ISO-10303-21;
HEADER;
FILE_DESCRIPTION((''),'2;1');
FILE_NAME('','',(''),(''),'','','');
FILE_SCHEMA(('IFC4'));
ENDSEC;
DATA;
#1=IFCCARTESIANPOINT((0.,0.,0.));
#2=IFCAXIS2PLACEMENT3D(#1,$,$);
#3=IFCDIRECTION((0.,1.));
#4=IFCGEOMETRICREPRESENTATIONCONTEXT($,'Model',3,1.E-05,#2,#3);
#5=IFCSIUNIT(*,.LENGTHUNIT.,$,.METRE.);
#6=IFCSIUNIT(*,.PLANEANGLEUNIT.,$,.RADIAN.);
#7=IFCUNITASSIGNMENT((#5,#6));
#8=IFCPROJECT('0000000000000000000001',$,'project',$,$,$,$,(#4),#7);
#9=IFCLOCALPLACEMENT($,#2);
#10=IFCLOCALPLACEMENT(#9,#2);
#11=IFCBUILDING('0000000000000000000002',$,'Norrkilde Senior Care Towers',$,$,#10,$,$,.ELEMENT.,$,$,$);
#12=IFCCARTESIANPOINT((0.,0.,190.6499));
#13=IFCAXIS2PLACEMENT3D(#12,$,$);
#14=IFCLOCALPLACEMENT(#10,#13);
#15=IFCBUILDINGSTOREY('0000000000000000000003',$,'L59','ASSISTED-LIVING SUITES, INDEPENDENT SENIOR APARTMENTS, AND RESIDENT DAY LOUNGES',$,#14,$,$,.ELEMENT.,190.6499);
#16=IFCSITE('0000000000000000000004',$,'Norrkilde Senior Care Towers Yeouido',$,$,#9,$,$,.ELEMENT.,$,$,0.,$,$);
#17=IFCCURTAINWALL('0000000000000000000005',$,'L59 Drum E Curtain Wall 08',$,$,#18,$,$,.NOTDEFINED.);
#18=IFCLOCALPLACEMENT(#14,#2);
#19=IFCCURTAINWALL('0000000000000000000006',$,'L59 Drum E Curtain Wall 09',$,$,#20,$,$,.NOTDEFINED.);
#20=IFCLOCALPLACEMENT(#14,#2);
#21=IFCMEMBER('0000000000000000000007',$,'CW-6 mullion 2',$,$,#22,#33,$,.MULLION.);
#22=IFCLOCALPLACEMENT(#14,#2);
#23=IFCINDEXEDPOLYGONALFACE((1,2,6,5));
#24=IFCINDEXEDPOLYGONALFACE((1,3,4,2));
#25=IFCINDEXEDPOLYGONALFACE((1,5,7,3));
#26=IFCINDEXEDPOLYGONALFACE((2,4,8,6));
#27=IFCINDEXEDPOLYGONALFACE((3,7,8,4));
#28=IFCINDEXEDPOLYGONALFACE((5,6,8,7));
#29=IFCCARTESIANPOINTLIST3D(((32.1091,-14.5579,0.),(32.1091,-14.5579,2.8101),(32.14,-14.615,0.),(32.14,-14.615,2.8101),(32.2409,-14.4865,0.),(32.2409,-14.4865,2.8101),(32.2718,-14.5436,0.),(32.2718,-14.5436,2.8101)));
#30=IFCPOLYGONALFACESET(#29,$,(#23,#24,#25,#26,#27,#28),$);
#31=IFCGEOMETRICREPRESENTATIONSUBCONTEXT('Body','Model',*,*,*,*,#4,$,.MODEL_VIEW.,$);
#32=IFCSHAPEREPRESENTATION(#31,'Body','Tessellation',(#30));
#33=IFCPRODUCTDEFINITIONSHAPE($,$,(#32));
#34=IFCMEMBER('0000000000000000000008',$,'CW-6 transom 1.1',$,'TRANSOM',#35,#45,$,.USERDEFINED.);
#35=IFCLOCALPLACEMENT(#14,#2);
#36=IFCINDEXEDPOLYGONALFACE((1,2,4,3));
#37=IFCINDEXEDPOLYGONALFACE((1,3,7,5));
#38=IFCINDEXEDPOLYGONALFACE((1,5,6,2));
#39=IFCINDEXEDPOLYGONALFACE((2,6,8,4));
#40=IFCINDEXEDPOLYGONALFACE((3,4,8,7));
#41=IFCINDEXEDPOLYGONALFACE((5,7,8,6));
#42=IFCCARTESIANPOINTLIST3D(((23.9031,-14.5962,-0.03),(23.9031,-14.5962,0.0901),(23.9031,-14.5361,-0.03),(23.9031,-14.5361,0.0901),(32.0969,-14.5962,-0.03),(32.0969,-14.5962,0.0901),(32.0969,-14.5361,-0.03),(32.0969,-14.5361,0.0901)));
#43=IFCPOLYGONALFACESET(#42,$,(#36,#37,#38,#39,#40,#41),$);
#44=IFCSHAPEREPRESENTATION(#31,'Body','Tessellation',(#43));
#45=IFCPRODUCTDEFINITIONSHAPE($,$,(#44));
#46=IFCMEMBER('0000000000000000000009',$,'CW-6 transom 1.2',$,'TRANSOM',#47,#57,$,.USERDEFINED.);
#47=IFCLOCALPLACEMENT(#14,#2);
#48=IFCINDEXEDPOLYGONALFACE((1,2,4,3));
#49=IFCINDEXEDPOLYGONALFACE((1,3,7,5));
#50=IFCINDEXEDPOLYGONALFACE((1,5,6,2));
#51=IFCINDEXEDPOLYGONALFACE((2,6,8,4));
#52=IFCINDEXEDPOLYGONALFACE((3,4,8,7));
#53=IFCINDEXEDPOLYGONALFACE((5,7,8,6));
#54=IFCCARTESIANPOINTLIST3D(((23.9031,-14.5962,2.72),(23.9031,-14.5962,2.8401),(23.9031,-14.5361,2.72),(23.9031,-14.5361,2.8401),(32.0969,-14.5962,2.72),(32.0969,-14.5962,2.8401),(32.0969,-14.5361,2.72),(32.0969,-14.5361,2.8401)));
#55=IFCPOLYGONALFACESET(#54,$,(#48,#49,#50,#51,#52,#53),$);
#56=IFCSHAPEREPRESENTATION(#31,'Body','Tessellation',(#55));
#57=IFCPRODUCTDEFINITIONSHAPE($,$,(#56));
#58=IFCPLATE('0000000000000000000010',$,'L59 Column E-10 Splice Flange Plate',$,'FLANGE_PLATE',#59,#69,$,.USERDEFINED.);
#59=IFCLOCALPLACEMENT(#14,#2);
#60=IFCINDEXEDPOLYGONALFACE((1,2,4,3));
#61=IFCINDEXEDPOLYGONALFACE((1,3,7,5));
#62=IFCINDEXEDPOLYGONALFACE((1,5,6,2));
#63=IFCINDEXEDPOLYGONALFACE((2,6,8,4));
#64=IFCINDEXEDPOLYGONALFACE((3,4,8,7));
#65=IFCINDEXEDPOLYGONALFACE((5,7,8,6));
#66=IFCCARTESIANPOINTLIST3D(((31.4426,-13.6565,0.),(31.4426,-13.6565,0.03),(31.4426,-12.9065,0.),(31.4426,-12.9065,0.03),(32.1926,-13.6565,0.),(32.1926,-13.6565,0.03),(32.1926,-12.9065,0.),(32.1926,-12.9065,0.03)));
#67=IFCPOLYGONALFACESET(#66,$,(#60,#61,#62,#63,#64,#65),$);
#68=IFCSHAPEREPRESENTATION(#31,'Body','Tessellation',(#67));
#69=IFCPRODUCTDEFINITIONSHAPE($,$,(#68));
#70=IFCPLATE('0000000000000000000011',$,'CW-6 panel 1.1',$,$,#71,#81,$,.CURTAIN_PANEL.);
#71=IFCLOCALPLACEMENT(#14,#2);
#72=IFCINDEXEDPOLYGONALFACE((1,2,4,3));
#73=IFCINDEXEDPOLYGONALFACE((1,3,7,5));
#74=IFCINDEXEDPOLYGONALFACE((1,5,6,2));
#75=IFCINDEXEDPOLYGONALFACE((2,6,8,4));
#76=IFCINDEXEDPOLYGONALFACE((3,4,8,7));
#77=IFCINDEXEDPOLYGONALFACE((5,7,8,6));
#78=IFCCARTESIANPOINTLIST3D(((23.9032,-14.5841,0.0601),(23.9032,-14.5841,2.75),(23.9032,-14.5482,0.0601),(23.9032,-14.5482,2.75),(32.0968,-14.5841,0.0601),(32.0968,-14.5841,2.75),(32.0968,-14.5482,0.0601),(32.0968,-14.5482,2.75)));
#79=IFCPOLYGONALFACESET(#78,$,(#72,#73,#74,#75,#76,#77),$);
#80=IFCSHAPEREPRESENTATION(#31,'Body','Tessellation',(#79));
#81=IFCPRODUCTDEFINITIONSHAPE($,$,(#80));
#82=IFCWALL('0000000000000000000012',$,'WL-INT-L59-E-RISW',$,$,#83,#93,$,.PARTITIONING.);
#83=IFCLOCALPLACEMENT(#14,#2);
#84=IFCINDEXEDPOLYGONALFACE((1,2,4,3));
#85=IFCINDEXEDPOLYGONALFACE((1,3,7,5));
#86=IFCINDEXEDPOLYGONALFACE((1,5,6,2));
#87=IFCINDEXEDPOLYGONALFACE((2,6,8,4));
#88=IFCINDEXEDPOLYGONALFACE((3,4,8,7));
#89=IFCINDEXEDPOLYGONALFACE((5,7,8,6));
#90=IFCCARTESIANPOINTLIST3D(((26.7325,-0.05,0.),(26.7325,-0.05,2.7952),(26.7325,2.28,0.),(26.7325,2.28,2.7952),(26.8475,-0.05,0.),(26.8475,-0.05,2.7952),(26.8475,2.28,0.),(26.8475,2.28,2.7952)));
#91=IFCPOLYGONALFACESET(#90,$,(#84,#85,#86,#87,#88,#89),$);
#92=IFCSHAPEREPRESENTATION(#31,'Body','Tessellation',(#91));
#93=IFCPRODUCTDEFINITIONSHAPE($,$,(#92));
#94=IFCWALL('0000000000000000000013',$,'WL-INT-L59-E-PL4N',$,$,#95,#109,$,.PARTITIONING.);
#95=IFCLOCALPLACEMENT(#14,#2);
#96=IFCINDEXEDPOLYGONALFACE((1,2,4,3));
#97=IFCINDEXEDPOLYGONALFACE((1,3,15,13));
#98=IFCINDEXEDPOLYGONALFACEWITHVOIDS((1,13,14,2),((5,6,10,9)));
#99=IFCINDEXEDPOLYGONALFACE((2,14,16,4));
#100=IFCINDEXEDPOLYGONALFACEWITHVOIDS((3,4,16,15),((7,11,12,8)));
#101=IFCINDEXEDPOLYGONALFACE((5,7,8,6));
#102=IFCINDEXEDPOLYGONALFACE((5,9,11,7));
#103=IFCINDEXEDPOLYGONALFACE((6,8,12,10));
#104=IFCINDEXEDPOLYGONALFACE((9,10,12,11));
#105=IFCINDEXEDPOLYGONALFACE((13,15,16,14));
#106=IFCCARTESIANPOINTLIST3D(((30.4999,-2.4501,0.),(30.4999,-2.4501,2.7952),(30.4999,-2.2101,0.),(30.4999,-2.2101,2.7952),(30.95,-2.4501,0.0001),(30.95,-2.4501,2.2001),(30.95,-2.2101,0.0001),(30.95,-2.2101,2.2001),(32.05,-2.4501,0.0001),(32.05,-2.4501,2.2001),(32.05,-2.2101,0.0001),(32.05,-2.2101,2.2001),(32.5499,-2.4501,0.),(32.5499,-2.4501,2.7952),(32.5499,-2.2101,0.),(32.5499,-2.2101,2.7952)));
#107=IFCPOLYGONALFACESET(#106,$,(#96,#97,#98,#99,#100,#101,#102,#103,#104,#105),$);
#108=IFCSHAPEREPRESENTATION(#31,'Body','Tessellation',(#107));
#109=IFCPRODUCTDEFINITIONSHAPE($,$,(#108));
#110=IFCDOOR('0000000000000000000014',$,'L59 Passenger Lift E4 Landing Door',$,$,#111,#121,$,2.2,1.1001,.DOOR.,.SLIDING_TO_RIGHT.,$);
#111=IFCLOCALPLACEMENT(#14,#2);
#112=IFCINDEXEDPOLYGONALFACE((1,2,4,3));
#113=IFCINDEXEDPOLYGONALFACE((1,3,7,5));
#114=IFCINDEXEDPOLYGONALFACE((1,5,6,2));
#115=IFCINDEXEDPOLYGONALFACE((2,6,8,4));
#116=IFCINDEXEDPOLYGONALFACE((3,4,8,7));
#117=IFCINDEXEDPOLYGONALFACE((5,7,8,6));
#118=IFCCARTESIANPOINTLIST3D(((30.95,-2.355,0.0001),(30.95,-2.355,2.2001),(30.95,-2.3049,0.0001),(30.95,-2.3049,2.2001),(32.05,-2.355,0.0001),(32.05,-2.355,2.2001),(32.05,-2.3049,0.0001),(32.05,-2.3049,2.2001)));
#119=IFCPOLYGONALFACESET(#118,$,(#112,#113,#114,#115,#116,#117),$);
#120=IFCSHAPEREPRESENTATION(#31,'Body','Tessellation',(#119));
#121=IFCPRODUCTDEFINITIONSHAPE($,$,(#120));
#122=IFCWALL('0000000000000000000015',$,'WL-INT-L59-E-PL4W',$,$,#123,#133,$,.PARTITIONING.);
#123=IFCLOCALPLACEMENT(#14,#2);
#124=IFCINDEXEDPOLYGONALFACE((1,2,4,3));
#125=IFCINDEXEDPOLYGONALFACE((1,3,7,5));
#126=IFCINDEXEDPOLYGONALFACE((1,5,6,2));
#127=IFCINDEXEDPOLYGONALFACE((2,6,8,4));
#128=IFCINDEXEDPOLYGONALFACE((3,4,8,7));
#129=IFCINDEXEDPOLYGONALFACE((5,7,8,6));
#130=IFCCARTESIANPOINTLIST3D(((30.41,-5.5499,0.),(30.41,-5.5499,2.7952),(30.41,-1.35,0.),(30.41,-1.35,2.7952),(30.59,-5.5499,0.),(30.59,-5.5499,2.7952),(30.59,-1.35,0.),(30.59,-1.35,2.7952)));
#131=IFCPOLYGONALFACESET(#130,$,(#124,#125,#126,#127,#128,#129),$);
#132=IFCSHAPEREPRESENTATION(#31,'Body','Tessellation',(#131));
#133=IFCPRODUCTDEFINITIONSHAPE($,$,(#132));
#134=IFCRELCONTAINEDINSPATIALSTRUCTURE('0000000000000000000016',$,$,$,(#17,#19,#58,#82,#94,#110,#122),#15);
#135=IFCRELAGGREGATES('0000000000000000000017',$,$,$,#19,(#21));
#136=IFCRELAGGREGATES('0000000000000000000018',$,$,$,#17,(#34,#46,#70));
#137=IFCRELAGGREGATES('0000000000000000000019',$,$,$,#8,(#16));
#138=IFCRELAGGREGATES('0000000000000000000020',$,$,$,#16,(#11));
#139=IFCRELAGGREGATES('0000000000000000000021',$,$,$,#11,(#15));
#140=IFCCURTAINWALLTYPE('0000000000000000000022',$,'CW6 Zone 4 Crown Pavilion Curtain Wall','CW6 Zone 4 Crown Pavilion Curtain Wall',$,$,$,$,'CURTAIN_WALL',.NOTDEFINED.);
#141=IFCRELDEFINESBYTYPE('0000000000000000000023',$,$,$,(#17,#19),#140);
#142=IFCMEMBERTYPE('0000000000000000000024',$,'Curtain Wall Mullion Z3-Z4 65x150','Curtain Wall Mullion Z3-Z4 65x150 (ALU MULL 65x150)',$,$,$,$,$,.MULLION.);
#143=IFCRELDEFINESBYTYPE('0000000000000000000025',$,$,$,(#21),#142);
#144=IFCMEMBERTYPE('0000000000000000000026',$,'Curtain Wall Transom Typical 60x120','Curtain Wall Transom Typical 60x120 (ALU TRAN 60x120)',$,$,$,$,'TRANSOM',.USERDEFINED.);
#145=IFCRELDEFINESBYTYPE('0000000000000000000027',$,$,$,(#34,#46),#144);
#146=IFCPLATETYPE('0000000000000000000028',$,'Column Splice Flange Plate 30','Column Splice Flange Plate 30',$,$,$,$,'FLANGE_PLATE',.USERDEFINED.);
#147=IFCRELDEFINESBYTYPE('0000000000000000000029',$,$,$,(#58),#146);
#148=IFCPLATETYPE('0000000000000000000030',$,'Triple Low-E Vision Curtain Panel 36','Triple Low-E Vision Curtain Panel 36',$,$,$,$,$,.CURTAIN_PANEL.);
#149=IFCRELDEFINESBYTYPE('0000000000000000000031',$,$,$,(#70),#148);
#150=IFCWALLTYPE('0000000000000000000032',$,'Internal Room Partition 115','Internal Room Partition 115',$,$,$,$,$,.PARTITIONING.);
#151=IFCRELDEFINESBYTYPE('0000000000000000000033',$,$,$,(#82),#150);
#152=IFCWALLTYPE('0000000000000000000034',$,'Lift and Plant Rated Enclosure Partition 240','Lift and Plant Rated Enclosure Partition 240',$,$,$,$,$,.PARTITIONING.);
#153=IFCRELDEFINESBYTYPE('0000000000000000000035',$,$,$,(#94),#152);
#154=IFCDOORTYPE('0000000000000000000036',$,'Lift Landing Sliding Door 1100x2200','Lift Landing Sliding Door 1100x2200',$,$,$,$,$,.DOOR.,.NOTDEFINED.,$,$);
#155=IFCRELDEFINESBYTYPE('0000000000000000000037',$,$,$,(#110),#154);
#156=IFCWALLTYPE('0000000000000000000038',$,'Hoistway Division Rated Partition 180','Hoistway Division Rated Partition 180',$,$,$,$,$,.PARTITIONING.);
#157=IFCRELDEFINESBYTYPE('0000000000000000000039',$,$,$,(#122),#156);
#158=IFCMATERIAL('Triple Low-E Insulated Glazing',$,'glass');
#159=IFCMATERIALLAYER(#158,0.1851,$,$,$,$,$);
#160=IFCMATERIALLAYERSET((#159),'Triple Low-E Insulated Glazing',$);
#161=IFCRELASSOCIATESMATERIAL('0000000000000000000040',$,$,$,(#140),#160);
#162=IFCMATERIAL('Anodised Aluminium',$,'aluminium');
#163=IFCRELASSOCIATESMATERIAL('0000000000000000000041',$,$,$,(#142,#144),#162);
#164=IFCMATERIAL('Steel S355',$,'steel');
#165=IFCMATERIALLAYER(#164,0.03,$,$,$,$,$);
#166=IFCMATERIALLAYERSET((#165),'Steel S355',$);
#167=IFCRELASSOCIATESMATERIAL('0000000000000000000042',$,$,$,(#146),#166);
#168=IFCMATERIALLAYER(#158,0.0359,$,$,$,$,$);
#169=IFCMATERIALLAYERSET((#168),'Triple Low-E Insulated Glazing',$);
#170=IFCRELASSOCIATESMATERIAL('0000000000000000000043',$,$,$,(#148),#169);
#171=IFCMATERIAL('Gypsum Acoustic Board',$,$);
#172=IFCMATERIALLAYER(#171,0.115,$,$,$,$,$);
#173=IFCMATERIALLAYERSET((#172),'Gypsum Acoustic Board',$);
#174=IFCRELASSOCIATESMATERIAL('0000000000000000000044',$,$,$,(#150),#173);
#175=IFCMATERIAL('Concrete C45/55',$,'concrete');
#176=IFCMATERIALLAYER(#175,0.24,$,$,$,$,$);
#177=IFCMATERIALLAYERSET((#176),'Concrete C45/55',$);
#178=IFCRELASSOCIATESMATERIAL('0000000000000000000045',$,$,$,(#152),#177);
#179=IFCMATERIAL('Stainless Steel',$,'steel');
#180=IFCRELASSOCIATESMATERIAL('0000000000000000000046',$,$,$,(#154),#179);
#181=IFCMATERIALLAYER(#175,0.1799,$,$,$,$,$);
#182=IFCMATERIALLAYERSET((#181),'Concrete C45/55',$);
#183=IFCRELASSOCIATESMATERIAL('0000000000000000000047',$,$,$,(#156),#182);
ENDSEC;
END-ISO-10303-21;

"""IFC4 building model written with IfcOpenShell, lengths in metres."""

from ifc_helpers import new_model, si_unit, direction, frame, frame_2d, origin, origin_2d, place, context, subcontext, project, spatial, rectangle, extrude, source, transform, mapped, material, layer, layer_set, material_profile, profile_set, type_object, type_shapes, element, fill, aggregate, save


model = new_model("IFC4")

# Units and contexts
model_context = context("Model", 3, precision=1e-05, world=origin(), true_north=direction((0.0, 1.0)))
body_context = subcontext(model_context, "Body", "Model", "MODEL_VIEW")
ifc_project = project(units=[si_unit("LENGTHUNIT", "METRE"), si_unit("PLANEANGLEUNIT", "RADIAN")], contexts=[model_context])

# Site, building, storey
site_placement = place(None, origin())
site = spatial("IfcSite", under=ifc_project, at=site_placement, Name="Norrkilde Senior Care Towers Yeouido", CompositionType="ELEMENT", RefElevation=0.0)
building_placement = place(site_placement, origin())
building = spatial("IfcBuilding", under=site, at=building_placement, Name="Norrkilde Senior Care Towers", CompositionType="ELEMENT")
storey_placement = place(building_placement, frame((0.0, 0.0, 190.6499)))
storey = spatial("IfcBuildingStorey", under=building, at=storey_placement, Name="L59", Description="ASSISTED-LIVING SUITES, INDEPENDENT SENIOR APARTMENTS, AND RESIDENT DAY LOUNGES", CompositionType="ELEMENT", Elevation=190.6499)

# Shared definitions
ifc_material_1 = material(Name="Steel S355", Category="steel")

# Shared definitions
ifc_material_2 = material(Name="Triple Low-E Insulated Glazing", Category="glass")
ifc_layer_1 = layer(ifc_material_2, 0.1851)
ifc_layer_set_1 = layer_set([ifc_layer_1], Name="Triple Low-E Insulated Glazing")
curtain_wall_type = type_object("IfcCurtainWallType", Name="CW6 Zone 4 Crown Pavilion Curtain Wall", Description="CW6 Zone 4 Crown Pavilion Curtain Wall", ElementType="CURTAIN_WALL", PredefinedType="NOTDEFINED", material=ifc_layer_set_1)
ifc_material_3 = material(Name="Anodised Aluminium", Category="aluminium")
ifc_material_profile_1 = material_profile(ifc_material_3, rectangle(XDim=0.0649, YDim=0.1499, at=origin_2d()), Name="ALU MULL 65x150")
ifc_profile_set_1 = profile_set([ifc_material_profile_1], Name="Anodised Aluminium")
member_type_1 = type_object("IfcMemberType", Name="Curtain Wall Mullion Z3-Z4 65x150", Description="Curtain Wall Mullion Z3-Z4 65x150 (ALU MULL 65x150)", PredefinedType="MULLION", material=ifc_profile_set_1)
shared_shape_1 = source(origin(), body_context, "Body", "SweptSolid", [
    extrude(rectangle(XDim=0.0649, YDim=0.1499, at=origin_2d()), origin(), (0.0, 0.0, 1.0), 2.8101),
])
type_shapes(member_type_1, [shared_shape_1])

# Curtain wall
curtain_wall_1_placement = place(storey_placement, origin())
curtain_wall_1 = element("IfcCurtainWall", 1, at=curtain_wall_1_placement, inside=storey, type_object=curtain_wall_type, Name="L59 Drum E Curtain Wall 08", PredefinedType="NOTDEFINED")

# Curtain wall, member
curtain_wall_2_placement = place(storey_placement, origin())
curtain_wall_2 = element("IfcCurtainWall", 2, at=curtain_wall_2_placement, inside=storey, type_object=curtain_wall_type, Name="L59 Drum E Curtain Wall 09", PredefinedType="NOTDEFINED")
member_1_placement = place(storey_placement, frame((32.1904, -14.5508, 0.0), z_axis=(0.0, 0.0, 1.0), x_axis=(0.476133, -0.879373, 0.0)))
member_1 = element("IfcMember", 3, at=member_1_placement, type_object=member_type_1, Name="CW-6 mullion 2", PredefinedType="MULLION", context=body_context, shape_type="MappedRepresentation", body=[
    mapped(shared_shape_1, transform((0.0, 0.0, 0.0), x_axis=(1.0, 0.0, 0.0), y_axis=(0.0, 1.0, 0.0), z_axis=(0.0, 0.0, 1.0), scale=1.0)),
])
aggregate(curtain_wall_2, [member_1])

# Members
ifc_material_profile_2 = material_profile(ifc_material_3, rectangle(XDim=0.0601, YDim=0.1201, at=origin_2d()), Name="ALU TRAN 60x120")
ifc_profile_set_2 = profile_set([ifc_material_profile_2], Name="Anodised Aluminium")
member_type_2 = type_object("IfcMemberType", Name="Curtain Wall Transom Typical 60x120", Description="Curtain Wall Transom Typical 60x120 (ALU TRAN 60x120)", ElementType="TRANSOM", PredefinedType="USERDEFINED", material=ifc_profile_set_2)
shared_shape_2 = source(origin(), body_context, "Body", "SweptSolid", [
    extrude(rectangle(XDim=0.0601, YDim=0.1201, at=origin_2d()), origin(), (0.0, 0.0, 1.0), 8.1938),
])
type_shapes(member_type_2, [shared_shape_2])
member_2_placement = place(storey_placement, frame((32.0969, -14.5662, 0.03), z_axis=(-1.0, 0.0, 0.0), x_axis=(0.0, -1.0, 0.0)))
member_2 = element("IfcMember", 4, at=member_2_placement, type_object=member_type_2, Name="CW-6 transom 1.1", ObjectType="TRANSOM", PredefinedType="USERDEFINED", context=body_context, shape_type="MappedRepresentation", body=[
    mapped(shared_shape_2, transform((0.0, 0.0, 0.0), x_axis=(1.0, 0.0, 0.0), y_axis=(0.0, 1.0, 0.0), z_axis=(0.0, 0.0, 1.0), scale=1.0)),
])
member_3_placement = place(storey_placement, frame((32.0969, -14.5662, 2.78), z_axis=(-1.0, 0.0, 0.0), x_axis=(0.0, -1.0, 0.0)))
member_3 = element("IfcMember", 5, at=member_3_placement, type_object=member_type_2, Name="CW-6 transom 1.2", ObjectType="TRANSOM", PredefinedType="USERDEFINED", context=body_context, shape_type="MappedRepresentation", body=[
    mapped(shared_shape_2, transform((0.0, 0.0, 0.0), x_axis=(1.0, 0.0, 0.0), y_axis=(0.0, 1.0, 0.0), z_axis=(0.0, 0.0, 1.0), scale=1.0)),
])

# Plates
ifc_layer_2 = layer(ifc_material_1, 0.03)
ifc_layer_set_2 = layer_set([ifc_layer_2], Name="Steel S355")
plate_type_1 = type_object("IfcPlateType", Name="Column Splice Flange Plate 30", Description="Column Splice Flange Plate 30", ElementType="FLANGE_PLATE", PredefinedType="USERDEFINED", material=ifc_layer_set_2)
shared_shape_3 = source(origin(), body_context, "Body", "SweptSolid", [
    extrude(rectangle(XDim=0.75, YDim=0.75, at=origin_2d()), origin(), (0.0, 0.0, 1.0), 0.03),
])
type_shapes(plate_type_1, [shared_shape_3])
plate_1_placement = place(storey_placement, frame((31.8176, -13.2815, 0.0), z_axis=(0.0, 0.0, 1.0), x_axis=(1.0, 0.0, 0.0)))
element("IfcPlate", 6, at=plate_1_placement, inside=storey, type_object=plate_type_1, Name="L59 Column E-10 Splice Flange Plate", ObjectType="FLANGE_PLATE", PredefinedType="USERDEFINED", context=body_context, shape_type="MappedRepresentation", body=[
    mapped(shared_shape_3, transform((0.0, 0.0, 0.0), x_axis=(1.0, 0.0, 0.0), y_axis=(0.0, 1.0, 0.0), z_axis=(0.0, 0.0, 1.0), scale=1.0)),
])
ifc_layer_3 = layer(ifc_material_2, 0.0359)
ifc_layer_set_3 = layer_set([ifc_layer_3], Name="Triple Low-E Insulated Glazing")
plate_type_2 = type_object("IfcPlateType", Name="Triple Low-E Vision Curtain Panel 36", Description="Triple Low-E Vision Curtain Panel 36", PredefinedType="CURTAIN_PANEL", material=ifc_layer_set_3)
shared_shape_4 = source(origin(), body_context, "Body", "SweptSolid", [
    extrude(rectangle(XDim=8.1936, YDim=0.0359, at=origin_2d()), origin(), (0.0, 0.0, 1.0), 2.6899),
])
type_shapes(plate_type_2, [shared_shape_4])
plate_2_placement = place(storey_placement, frame((28.0, -14.5662, 0.0601), z_axis=(0.0, 0.0, 1.0), x_axis=(-1.0, 0.0, 0.0)))
plate_2 = element("IfcPlate", 7, at=plate_2_placement, type_object=plate_type_2, Name="CW-6 panel 1.1", PredefinedType="CURTAIN_PANEL", context=body_context, shape_type="MappedRepresentation", body=[
    mapped(shared_shape_4, transform((0.0, 0.0, 0.0), x_axis=(1.0, 0.0, 0.0), y_axis=(0.0, 1.0, 0.0), z_axis=(0.0, 0.0, 1.0), scale=1.0)),
])
aggregate(curtain_wall_1, [member_2, member_3, plate_2])

# Wall
ifc_material_4 = material(Name="Gypsum Acoustic Board")
ifc_layer_4 = layer(ifc_material_4, 0.115)
ifc_layer_set_4 = layer_set([ifc_layer_4], Name="Gypsum Acoustic Board")
wall_type_1 = type_object("IfcWallType", Name="Internal Room Partition 115", Description="Internal Room Partition 115", PredefinedType="PARTITIONING", material=ifc_layer_set_4)
shared_shape_5 = source(origin(), body_context, "Body", "SweptSolid", [
    extrude(rectangle(XDim=2.3301, YDim=0.115, at=frame_2d((1.165, 0.0))), origin(), (0.0, 0.0, 1.0), 2.7952),
])
wall_1_placement = place(storey_placement, frame((26.79, -0.05, 0.0), z_axis=(0.0, 0.0, 1.0), x_axis=(0.0, 1.0, 0.0)))
element("IfcWall", 8, at=wall_1_placement, inside=storey, type_object=wall_type_1, Name="WL-INT-L59-E-RISW", PredefinedType="PARTITIONING", context=body_context, shape_type="MappedRepresentation", body=[
    mapped(shared_shape_5, transform((0.0, 0.0, 0.0), x_axis=(1.0, 0.0, 0.0), y_axis=(0.0, 1.0, 0.0), z_axis=(0.0, 0.0, 1.0), scale=1.0)),
])

# Wall, opening, door
ifc_material_5 = material(Name="Concrete C45/55", Category="concrete")
ifc_layer_5 = layer(ifc_material_5, 0.24)
ifc_layer_set_5 = layer_set([ifc_layer_5], Name="Concrete C45/55")
wall_type_2 = type_object("IfcWallType", Name="Lift and Plant Rated Enclosure Partition 240", Description="Lift and Plant Rated Enclosure Partition 240", PredefinedType="PARTITIONING", material=ifc_layer_set_5)
shared_shape_6 = source(origin(), body_context, "Body", "SweptSolid", [
    extrude(rectangle(XDim=2.05, YDim=0.24, at=frame_2d((1.0249, 0.0))), origin(), (0.0, 0.0, 1.0), 2.7952),
])
type_shapes(wall_type_2, [shared_shape_6])
wall_2_placement = place(storey_placement, frame((30.5, -2.3301, 0.0), z_axis=(0.0, 0.0, 1.0), x_axis=(1.0, 0.0, 0.0)))
wall_2 = element("IfcWall", 9, at=wall_2_placement, inside=storey, type_object=wall_type_2, Name="WL-INT-L59-E-PL4N", PredefinedType="PARTITIONING", context=body_context, shape_type="MappedRepresentation", body=[
    mapped(shared_shape_6, transform((0.0, 0.0, 0.0), x_axis=(1.0, 0.0, 0.0), y_axis=(0.0, 1.0, 0.0), z_axis=(0.0, 0.0, 1.0), scale=1.0)),
])
opening_1_placement = place(wall_2_placement, frame((0.45, 0.0, 0.0)))
opening_1 = element("IfcOpeningElement", 10, at=opening_1_placement, cuts=wall_2, PredefinedType="OPENING", context=body_context, shape_type="SweptSolid", body=[
    extrude(rectangle(XDim=1.1001, YDim=2.2, at=frame_2d((0.55, 1.1001))), frame((0.0, 0.1299, 0.0), z_axis=(0.0, -1.0, 0.0), x_axis=(1.0, 0.0, 0.0)), (0.0, 0.0, 1.0), 0.26),
])
ifc_material_6 = material(Name="Stainless Steel", Category="steel")
door_type_1 = type_object("IfcDoorType", Name="Lift Landing Sliding Door 1100x2200", Description="Lift Landing Sliding Door 1100x2200", OperationType="NOTDEFINED", PredefinedType="DOOR", material=ifc_material_6)
shared_shape_7 = source(origin(), body_context, "Body", "SweptSolid", [
    extrude(rectangle(XDim=1.1001, YDim=2.2, at=frame_2d((0.55, 1.1001))), frame((0.0, 0.0249, 0.0), z_axis=(0.0, -1.0, 0.0), x_axis=(1.0, 0.0, 0.0)), (0.0, 0.0, 1.0), 0.05),
])
type_shapes(door_type_1, [shared_shape_7])
door_1_placement = place(opening_1_placement, frame((1.1001, 0.0, 0.0), z_axis=(0.0, 0.0, 1.0), x_axis=(-1.0, 0.0, 0.0)))
door_1 = element("IfcDoor", 11, at=door_1_placement, inside=storey, type_object=door_type_1, Name="L59 Passenger Lift E4 Landing Door", OperationType="SLIDING_TO_RIGHT", OverallHeight=2.2, OverallWidth=1.1001, PredefinedType="DOOR", context=body_context, shape_type="MappedRepresentation", body=[
    mapped(shared_shape_7, transform((0.0, 0.0, 0.0), x_axis=(1.0, 0.0, 0.0), y_axis=(0.0, 1.0, 0.0), z_axis=(0.0, 0.0, 1.0), scale=1.0)),
])
fill(opening_1, door_1)

# Wall
ifc_layer_6 = layer(ifc_material_5, 0.1799)
ifc_layer_set_6 = layer_set([ifc_layer_6], Name="Concrete C45/55")
wall_type_3 = type_object("IfcWallType", Name="Hoistway Division Rated Partition 180", Description="Hoistway Division Rated Partition 180", PredefinedType="PARTITIONING", material=ifc_layer_set_6)
shared_shape_8 = source(origin(), body_context, "Body", "SweptSolid", [
    extrude(rectangle(XDim=4.2, YDim=0.1799, at=frame_2d((2.1001, 0.0))), origin(), (0.0, 0.0, 1.0), 2.7952),
])
type_shapes(wall_type_3, [shared_shape_8])
wall_3_placement = place(storey_placement, frame((30.5, -5.55, 0.0), z_axis=(0.0, 0.0, 1.0), x_axis=(0.0, 1.0, 0.0)))
element("IfcWall", 12, at=wall_3_placement, inside=storey, type_object=wall_type_3, Name="WL-INT-L59-E-PL4W", PredefinedType="PARTITIONING", context=body_context, shape_type="MappedRepresentation", body=[
    mapped(shared_shape_8, transform((0.0, 0.0, 0.0), x_axis=(1.0, 0.0, 0.0), y_axis=(0.0, 1.0, 0.0), z_axis=(0.0, 0.0, 1.0), scale=1.0)),
])

save(model, "model.ifc")
